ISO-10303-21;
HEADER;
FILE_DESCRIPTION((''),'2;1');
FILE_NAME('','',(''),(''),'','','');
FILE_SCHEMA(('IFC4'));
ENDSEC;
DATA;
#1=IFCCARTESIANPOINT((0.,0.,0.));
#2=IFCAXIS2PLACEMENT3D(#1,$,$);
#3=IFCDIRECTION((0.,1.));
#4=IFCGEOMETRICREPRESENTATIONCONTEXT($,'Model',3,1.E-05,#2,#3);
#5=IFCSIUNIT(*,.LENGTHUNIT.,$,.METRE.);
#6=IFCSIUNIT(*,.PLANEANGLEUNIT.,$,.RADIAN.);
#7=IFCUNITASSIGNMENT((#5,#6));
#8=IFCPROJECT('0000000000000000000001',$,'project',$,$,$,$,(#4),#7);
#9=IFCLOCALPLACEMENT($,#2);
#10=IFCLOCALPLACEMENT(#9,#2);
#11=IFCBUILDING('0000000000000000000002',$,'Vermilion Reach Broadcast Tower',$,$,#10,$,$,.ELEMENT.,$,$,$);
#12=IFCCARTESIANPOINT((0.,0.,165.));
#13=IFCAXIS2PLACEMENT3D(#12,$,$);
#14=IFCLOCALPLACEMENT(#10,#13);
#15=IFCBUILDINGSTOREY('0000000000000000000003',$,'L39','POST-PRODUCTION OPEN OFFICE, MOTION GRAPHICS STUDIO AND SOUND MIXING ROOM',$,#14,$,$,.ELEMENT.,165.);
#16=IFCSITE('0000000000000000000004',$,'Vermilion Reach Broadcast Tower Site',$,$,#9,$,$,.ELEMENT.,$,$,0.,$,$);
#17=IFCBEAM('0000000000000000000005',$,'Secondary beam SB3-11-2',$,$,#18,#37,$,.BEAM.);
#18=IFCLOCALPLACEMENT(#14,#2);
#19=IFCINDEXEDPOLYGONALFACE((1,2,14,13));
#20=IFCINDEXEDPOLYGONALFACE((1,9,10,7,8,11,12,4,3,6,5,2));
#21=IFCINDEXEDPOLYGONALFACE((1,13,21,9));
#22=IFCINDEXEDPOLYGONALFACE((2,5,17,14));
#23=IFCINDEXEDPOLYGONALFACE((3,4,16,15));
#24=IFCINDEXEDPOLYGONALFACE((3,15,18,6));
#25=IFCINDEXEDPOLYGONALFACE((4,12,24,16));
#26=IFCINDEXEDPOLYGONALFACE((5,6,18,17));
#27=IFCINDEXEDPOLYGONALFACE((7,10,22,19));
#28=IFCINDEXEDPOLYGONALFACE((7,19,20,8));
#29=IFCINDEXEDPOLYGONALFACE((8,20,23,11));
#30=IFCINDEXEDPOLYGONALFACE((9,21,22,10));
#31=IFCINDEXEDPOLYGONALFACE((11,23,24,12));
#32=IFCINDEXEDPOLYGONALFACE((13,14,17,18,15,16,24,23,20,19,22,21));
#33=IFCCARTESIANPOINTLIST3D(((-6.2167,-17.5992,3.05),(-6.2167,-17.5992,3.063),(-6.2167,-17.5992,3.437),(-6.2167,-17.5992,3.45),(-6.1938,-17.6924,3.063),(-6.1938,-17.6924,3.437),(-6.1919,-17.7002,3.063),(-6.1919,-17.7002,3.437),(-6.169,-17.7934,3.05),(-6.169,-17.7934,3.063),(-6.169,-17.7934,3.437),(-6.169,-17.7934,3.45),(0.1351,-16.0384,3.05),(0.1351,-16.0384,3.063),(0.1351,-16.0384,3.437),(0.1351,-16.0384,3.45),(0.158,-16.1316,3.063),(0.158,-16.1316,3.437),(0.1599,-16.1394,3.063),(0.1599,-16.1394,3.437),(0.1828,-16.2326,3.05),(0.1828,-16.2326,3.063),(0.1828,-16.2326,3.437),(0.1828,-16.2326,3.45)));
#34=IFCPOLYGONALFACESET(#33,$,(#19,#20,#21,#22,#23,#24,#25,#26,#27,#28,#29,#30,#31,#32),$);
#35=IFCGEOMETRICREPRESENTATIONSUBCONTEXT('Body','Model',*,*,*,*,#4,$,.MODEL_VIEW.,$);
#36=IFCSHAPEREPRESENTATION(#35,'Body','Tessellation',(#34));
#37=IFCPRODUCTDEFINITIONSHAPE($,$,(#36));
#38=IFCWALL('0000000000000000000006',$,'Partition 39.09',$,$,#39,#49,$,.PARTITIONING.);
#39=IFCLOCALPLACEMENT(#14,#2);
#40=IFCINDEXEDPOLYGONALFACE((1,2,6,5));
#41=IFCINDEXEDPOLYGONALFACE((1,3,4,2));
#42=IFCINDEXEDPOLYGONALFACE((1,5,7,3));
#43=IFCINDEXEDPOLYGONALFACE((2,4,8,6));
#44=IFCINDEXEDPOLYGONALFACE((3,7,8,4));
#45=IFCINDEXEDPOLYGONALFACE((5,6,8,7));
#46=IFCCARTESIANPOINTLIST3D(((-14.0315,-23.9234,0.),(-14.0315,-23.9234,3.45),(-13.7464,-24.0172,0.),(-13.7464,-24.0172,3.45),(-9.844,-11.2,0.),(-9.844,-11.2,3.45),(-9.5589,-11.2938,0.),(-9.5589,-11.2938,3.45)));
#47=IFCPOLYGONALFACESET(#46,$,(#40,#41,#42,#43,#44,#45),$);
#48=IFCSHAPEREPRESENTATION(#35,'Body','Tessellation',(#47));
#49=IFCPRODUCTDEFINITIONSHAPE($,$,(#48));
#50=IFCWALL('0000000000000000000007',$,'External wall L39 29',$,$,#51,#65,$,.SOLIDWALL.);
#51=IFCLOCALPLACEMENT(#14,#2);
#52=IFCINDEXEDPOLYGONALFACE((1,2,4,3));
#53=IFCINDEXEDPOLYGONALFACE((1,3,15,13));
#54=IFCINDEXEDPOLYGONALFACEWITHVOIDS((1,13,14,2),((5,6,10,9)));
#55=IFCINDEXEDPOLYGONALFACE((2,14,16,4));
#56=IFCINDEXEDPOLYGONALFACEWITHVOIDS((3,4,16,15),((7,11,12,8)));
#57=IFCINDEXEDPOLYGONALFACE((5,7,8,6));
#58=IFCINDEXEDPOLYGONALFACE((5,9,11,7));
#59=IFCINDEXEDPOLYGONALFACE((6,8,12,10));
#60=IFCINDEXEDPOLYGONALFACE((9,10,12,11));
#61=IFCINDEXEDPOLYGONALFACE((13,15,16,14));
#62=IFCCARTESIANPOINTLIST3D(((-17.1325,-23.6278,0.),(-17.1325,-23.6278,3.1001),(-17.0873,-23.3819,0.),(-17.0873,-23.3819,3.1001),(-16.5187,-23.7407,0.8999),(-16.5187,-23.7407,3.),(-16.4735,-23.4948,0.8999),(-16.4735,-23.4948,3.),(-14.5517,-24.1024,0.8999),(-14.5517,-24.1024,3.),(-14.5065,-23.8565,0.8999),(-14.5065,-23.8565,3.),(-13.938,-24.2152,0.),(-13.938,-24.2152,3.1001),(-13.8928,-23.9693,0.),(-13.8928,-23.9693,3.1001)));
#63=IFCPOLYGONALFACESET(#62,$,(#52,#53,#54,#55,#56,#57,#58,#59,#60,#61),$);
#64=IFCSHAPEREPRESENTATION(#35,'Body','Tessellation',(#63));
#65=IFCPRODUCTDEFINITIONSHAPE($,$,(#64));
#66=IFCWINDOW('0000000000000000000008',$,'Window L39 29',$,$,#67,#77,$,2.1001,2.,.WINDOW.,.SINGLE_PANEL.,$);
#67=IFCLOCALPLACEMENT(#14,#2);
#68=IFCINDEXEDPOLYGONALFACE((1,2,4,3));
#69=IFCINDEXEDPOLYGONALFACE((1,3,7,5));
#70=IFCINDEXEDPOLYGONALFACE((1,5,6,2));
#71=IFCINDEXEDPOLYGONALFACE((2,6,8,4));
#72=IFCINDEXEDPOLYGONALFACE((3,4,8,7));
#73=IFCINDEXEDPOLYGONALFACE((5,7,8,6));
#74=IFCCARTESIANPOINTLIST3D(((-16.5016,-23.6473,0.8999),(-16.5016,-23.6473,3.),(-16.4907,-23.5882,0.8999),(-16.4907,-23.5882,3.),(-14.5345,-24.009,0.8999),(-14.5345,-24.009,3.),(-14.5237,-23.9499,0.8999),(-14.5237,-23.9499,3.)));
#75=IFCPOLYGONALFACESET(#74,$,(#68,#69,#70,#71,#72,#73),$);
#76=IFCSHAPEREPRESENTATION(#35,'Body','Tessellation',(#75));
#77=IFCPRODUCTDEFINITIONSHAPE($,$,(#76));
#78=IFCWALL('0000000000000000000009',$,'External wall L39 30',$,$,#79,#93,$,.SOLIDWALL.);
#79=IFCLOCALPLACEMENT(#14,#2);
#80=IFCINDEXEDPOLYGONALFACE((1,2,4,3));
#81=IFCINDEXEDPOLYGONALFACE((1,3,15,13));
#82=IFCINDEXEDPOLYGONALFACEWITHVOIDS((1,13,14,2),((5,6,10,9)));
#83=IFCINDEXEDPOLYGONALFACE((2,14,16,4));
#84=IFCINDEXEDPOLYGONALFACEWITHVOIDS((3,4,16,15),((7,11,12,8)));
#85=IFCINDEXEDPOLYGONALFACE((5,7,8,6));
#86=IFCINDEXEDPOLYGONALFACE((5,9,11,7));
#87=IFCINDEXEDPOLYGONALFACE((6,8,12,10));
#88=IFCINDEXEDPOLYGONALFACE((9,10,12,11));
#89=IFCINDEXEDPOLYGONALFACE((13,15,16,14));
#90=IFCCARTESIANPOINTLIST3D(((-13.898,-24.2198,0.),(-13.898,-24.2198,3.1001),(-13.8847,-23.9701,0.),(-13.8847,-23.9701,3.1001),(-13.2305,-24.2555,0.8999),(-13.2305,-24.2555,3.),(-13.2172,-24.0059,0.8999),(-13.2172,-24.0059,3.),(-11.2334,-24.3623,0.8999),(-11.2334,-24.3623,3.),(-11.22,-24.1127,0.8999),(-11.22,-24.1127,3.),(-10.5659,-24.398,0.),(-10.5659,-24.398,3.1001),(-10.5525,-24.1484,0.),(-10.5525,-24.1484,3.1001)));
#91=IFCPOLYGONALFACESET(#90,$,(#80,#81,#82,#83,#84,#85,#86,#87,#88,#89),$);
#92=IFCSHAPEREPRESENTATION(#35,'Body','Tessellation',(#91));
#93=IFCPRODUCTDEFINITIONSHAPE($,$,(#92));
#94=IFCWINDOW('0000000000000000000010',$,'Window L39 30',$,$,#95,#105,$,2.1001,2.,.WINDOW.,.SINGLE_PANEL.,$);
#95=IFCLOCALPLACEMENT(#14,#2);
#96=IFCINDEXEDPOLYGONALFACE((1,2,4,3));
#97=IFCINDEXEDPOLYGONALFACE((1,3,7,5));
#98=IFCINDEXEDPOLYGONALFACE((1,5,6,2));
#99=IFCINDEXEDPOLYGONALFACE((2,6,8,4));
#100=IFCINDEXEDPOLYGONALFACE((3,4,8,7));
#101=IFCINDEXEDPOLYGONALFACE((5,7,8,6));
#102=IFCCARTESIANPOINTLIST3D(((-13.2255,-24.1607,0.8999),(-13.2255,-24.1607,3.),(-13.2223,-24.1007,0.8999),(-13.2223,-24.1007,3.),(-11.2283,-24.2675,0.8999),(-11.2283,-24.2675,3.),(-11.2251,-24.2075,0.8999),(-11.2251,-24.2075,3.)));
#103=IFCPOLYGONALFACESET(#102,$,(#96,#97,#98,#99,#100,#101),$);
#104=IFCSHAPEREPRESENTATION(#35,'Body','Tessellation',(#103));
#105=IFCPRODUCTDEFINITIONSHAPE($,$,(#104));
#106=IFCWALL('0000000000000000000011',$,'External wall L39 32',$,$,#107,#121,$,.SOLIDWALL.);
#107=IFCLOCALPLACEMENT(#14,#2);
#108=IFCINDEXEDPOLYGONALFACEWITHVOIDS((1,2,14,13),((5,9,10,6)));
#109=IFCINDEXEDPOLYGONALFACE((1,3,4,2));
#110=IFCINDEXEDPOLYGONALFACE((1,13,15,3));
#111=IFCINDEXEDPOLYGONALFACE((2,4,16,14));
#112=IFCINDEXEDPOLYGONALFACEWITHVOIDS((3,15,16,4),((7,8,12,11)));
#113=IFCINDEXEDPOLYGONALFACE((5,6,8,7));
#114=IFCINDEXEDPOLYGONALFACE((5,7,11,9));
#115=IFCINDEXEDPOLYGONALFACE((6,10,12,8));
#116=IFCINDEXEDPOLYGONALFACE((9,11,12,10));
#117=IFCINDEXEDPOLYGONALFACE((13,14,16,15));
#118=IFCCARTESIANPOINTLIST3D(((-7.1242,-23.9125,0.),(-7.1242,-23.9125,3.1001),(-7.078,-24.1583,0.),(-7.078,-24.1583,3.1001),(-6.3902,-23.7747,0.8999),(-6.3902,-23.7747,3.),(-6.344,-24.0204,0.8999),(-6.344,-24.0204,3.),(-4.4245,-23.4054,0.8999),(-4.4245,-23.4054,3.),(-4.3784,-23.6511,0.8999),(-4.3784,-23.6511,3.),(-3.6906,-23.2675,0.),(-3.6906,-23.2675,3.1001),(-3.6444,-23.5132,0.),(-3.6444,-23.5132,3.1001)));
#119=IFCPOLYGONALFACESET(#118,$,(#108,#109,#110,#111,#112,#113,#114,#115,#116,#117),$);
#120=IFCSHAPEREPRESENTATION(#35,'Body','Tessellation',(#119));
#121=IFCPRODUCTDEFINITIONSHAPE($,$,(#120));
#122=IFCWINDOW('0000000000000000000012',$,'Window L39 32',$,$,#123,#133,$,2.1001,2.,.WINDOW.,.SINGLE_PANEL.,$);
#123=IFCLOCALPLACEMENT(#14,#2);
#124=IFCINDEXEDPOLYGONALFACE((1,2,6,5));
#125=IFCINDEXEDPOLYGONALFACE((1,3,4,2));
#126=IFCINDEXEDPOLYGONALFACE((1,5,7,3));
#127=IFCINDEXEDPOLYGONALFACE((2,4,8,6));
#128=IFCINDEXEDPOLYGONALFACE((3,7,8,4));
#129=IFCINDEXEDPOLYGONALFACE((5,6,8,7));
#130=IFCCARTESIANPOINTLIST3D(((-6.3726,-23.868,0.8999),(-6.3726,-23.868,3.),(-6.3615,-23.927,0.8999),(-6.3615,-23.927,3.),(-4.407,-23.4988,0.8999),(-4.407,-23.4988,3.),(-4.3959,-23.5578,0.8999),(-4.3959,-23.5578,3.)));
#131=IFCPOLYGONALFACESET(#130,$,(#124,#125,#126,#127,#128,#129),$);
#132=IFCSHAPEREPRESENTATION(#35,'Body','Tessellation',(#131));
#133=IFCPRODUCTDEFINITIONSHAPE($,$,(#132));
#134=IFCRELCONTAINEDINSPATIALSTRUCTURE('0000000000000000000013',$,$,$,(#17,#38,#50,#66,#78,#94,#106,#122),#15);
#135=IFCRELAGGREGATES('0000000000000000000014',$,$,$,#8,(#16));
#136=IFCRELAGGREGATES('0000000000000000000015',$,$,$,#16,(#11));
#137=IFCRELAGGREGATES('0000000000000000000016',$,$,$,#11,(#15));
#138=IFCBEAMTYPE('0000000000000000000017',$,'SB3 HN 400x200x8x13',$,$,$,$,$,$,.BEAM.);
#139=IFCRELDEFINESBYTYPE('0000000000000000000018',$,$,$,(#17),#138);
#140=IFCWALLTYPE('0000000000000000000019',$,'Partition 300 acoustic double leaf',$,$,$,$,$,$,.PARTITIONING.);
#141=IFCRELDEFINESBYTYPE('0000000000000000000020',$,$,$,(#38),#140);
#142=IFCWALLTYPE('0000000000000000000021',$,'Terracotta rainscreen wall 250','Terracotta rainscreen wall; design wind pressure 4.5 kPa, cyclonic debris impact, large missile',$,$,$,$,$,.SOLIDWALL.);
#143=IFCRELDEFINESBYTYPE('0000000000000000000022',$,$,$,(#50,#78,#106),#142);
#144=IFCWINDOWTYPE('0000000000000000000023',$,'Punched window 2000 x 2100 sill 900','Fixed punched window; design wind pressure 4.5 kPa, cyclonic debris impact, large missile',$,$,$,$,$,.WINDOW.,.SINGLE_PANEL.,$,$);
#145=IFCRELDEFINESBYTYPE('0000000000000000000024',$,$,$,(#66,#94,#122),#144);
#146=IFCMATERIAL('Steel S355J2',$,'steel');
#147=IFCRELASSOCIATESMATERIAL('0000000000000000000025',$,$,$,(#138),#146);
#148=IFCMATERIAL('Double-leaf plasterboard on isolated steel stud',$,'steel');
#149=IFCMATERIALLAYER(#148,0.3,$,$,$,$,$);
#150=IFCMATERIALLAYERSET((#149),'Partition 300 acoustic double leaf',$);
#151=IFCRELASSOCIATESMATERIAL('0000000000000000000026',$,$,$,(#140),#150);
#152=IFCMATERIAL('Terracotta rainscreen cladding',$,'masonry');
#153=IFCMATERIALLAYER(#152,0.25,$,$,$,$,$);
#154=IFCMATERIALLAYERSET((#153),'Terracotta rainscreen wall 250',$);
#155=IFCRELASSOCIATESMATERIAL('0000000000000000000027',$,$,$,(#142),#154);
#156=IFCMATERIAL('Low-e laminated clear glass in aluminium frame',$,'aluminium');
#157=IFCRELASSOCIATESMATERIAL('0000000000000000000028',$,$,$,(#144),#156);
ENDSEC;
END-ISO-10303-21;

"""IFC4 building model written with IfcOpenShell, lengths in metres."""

from ifc_helpers import new_model, si_unit, direction, frame, frame_2d, origin, origin_2d, place, context, subcontext, project, spatial, rectangle, i_section, extrude, material, layer, layer_set, material_profile, profile_set, type_object, element, fill, save


model = new_model("IFC4")

# Units and contexts
model_context = context("Model", 3, precision=1e-05, world=origin(), true_north=direction((0.0, 1.0)))
body_context = subcontext(model_context, "Body", "Model", "MODEL_VIEW")
ifc_project = project(units=[si_unit("LENGTHUNIT", "METRE"), si_unit("PLANEANGLEUNIT", "RADIAN")], contexts=[model_context])

# Site, building, storey
site_placement = place(None, origin())
site = spatial("IfcSite", under=ifc_project, at=site_placement, Name="Vermilion Reach Broadcast Tower Site", CompositionType="ELEMENT", RefElevation=0.0)
building_placement = place(site_placement, origin())
building = spatial("IfcBuilding", under=site, at=building_placement, Name="Vermilion Reach Broadcast Tower", CompositionType="ELEMENT")
storey_placement = place(building_placement, frame((0.0, 0.0, 165.0)))
storey = spatial("IfcBuildingStorey", under=building, at=storey_placement, Name="L39", Description="POST-PRODUCTION OPEN OFFICE, MOTION GRAPHICS STUDIO AND SOUND MIXING ROOM", CompositionType="ELEMENT", Elevation=165.0)

# Beam
ifc_material_1 = material(Name="Steel S355J2", Category="steel")
ifc_material_profile_1 = material_profile(ifc_material_1, i_section(OverallWidth=0.2, OverallDepth=0.3999, WebThickness=0.0081, FlangeThickness=0.0129, at=origin_2d()), Name="S355J2 HN 400x200x8x13")
ifc_profile_set_1 = profile_set([ifc_material_profile_1], Name="Steel S355J2")
beam_type_1 = type_object("IfcBeamType", Name="SB3 HN 400x200x8x13", PredefinedType="BEAM", material=ifc_profile_set_1)
beam_1_placement = place(storey_placement, frame((-6.1929, -17.6963, 3.25), z_axis=(0.971112, 0.238625, 0.0), x_axis=(-0.238625, 0.971112, 0.0)))
element("IfcBeam", 1, at=beam_1_placement, inside=storey, type_object=beam_type_1, Name="Secondary beam SB3-11-2", PredefinedType="BEAM", context=body_context, shape_type="SweptSolid", body=[
    extrude(i_section(OverallWidth=0.2, OverallDepth=0.3999, WebThickness=0.0081, FlangeThickness=0.0129, at=origin_2d()), origin(), (0.0, 0.0, 1.0), 6.5408),
])

# Wall
ifc_material_2 = material(Name="Double-leaf plasterboard on isolated steel stud", Category="steel")
ifc_layer_1 = layer(ifc_material_2, 0.3)
ifc_layer_set_1 = layer_set([ifc_layer_1], Name="Partition 300 acoustic double leaf")
wall_type_1 = type_object("IfcWallType", Name="Partition 300 acoustic double leaf", PredefinedType="PARTITIONING", material=ifc_layer_set_1)
wall_1_placement = place(storey_placement, frame((-13.8889, -23.9702, 0.0), z_axis=(0.0, 0.0, 1.0), x_axis=(0.312622, 0.949878, 0.0)))
element("IfcWall", 2, at=wall_1_placement, inside=storey, type_object=wall_type_1, Name="Partition 39.09", PredefinedType="PARTITIONING", context=body_context, shape_type="SweptSolid", body=[
    extrude(rectangle(XDim=13.3948, YDim=0.3, at=frame_2d((6.6973, 0.0))), origin(), (0.0, 0.0, 1.0), 3.45),
])

# Shared definitions
ifc_material_3 = material(Name="Terracotta rainscreen cladding", Category="masonry")
ifc_layer_2 = layer(ifc_material_3, 0.25)
ifc_layer_set_2 = layer_set([ifc_layer_2], Name="Terracotta rainscreen wall 250")
wall_type_2 = type_object("IfcWallType", Name="Terracotta rainscreen wall 250", Description="Terracotta rainscreen wall; design wind pressure 4.5 kPa, cyclonic debris impact, large missile", PredefinedType="SOLIDWALL", material=ifc_layer_set_2)

# Walls, openings, windows
wall_2_placement = place(storey_placement, frame((-17.1099, -23.5049, 0.0), z_axis=(0.0, 0.0, 1.0), x_axis=(0.983512, -0.180843, 0.0)))
wall_2 = element("IfcWall", 3, at=wall_2_placement, inside=storey, type_object=wall_type_2, Name="External wall L39 29", PredefinedType="SOLIDWALL", context=body_context, shape_type="SweptSolid", body=[
    extrude(rectangle(XDim=3.248, YDim=0.25, at=frame_2d((1.624, 0.0))), origin(), (0.0, 0.0, 1.0), 3.1001),
])
opening_1_placement = place(wall_2_placement, frame((0.624, 0.0, 0.8999)))
opening_1 = element("IfcOpeningElement", 4, at=opening_1_placement, cuts=wall_2, PredefinedType="OPENING", context=body_context, shape_type="SweptSolid", body=[
    extrude(rectangle(XDim=2.0, YDim=2.1001, at=frame_2d((1.0, 1.05))), frame((0.0, 0.135, 0.0), z_axis=(0.0, -1.0, 0.0), x_axis=(1.0, 0.0, 0.0)), (0.0, 0.0, 1.0), 0.27),
])
ifc_material_4 = material(Name="Low-e laminated clear glass in aluminium frame", Category="aluminium")
window_type = type_object("IfcWindowType", Name="Punched window 2000 x 2100 sill 900", Description="Fixed punched window; design wind pressure 4.5 kPa, cyclonic debris impact, large missile", PartitioningType="SINGLE_PANEL", PredefinedType="WINDOW", material=ifc_material_4)
window_1_placement = place(opening_1_placement, origin())
window_1 = element("IfcWindow", 5, at=window_1_placement, inside=storey, type_object=window_type, Name="Window L39 29", OverallHeight=2.1001, OverallWidth=2.0, PartitioningType="SINGLE_PANEL", PredefinedType="WINDOW", context=body_context, shape_type="SweptSolid", body=[
    extrude(rectangle(XDim=2.0, YDim=2.1001, at=frame_2d((1.0, 1.05))), frame((0.0, 0.03, 0.0), z_axis=(0.0, -1.0, 0.0), x_axis=(1.0, 0.0, 0.0)), (0.0, 0.0, 1.0), 0.0601),
])
fill(opening_1, window_1)
wall_3_placement = place(storey_placement, frame((-13.8914, -24.095, 0.0), z_axis=(0.0, 0.0, 1.0), x_axis=(0.998573, -0.053411, 0.0)))
wall_3 = element("IfcWall", 6, at=wall_3_placement, inside=storey, type_object=wall_type_2, Name="External wall L39 30", PredefinedType="SOLIDWALL", context=body_context, shape_type="SweptSolid", body=[
    extrude(rectangle(XDim=3.3369, YDim=0.25, at=frame_2d((1.6685, 0.0))), origin(), (0.0, 0.0, 1.0), 3.1001),
])
opening_2_placement = place(wall_3_placement, frame((0.6685, 0.0, 0.8999)))
opening_2 = element("IfcOpeningElement", 7, at=opening_2_placement, cuts=wall_3, PredefinedType="OPENING", context=body_context, shape_type="SweptSolid", body=[
    extrude(rectangle(XDim=2.0, YDim=2.1001, at=frame_2d((1.0, 1.05))), frame((0.0, 0.135, 0.0), z_axis=(0.0, -1.0, 0.0), x_axis=(1.0, 0.0, 0.0)), (0.0, 0.0, 1.0), 0.27),
])
window_2_placement = place(opening_2_placement, origin())
window_2 = element("IfcWindow", 8, at=window_2_placement, inside=storey, type_object=window_type, Name="Window L39 30", OverallHeight=2.1001, OverallWidth=2.0, PartitioningType="SINGLE_PANEL", PredefinedType="WINDOW", context=body_context, shape_type="SweptSolid", body=[
    extrude(rectangle(XDim=2.0, YDim=2.1001, at=frame_2d((1.0, 1.05))), frame((0.0, 0.03, 0.0), z_axis=(0.0, -1.0, 0.0), x_axis=(1.0, 0.0, 0.0)), (0.0, 0.0, 1.0), 0.0601),
])
fill(opening_2, window_2)

# Wall, opening, window
wall_4_placement = place(storey_placement, frame((-7.1011, -24.0354, 0.0), z_axis=(0.0, 0.0, 1.0), x_axis=(0.982809, 0.184626, 0.0)))
wall_4 = element("IfcWall", 9, at=wall_4_placement, inside=storey, type_object=wall_type_2, Name="External wall L39 32", PredefinedType="SOLIDWALL", context=body_context, shape_type="SweptSolid", body=[
    extrude(rectangle(XDim=3.4937, YDim=0.25, at=frame_2d((1.7468, 0.0))), origin(), (0.0, 0.0, 1.0), 3.1001),
])
opening_3_placement = place(wall_4_placement, frame((0.7468, 0.0, 0.8999)))
opening_3 = element("IfcOpeningElement", 10, at=opening_3_placement, cuts=wall_4, PredefinedType="OPENING", context=body_context, shape_type="SweptSolid", body=[
    extrude(rectangle(XDim=2.0, YDim=2.1001, at=frame_2d((1.0, 1.05))), frame((0.0, 0.135, 0.0), z_axis=(0.0, -1.0, 0.0), x_axis=(1.0, 0.0, 0.0)), (0.0, 0.0, 1.0), 0.27),
])
window_3_placement = place(opening_3_placement, origin())
window_3 = element("IfcWindow", 11, at=window_3_placement, inside=storey, type_object=window_type, Name="Window L39 32", OverallHeight=2.1001, OverallWidth=2.0, PartitioningType="SINGLE_PANEL", PredefinedType="WINDOW", context=body_context, shape_type="SweptSolid", body=[
    extrude(rectangle(XDim=2.0, YDim=2.1001, at=frame_2d((1.0, 1.05))), frame((0.0, 0.03, 0.0), z_axis=(0.0, -1.0, 0.0), x_axis=(1.0, 0.0, 0.0)), (0.0, 0.0, 1.0), 0.0601),
])
fill(opening_3, window_3)

save(model, "model.ifc")
